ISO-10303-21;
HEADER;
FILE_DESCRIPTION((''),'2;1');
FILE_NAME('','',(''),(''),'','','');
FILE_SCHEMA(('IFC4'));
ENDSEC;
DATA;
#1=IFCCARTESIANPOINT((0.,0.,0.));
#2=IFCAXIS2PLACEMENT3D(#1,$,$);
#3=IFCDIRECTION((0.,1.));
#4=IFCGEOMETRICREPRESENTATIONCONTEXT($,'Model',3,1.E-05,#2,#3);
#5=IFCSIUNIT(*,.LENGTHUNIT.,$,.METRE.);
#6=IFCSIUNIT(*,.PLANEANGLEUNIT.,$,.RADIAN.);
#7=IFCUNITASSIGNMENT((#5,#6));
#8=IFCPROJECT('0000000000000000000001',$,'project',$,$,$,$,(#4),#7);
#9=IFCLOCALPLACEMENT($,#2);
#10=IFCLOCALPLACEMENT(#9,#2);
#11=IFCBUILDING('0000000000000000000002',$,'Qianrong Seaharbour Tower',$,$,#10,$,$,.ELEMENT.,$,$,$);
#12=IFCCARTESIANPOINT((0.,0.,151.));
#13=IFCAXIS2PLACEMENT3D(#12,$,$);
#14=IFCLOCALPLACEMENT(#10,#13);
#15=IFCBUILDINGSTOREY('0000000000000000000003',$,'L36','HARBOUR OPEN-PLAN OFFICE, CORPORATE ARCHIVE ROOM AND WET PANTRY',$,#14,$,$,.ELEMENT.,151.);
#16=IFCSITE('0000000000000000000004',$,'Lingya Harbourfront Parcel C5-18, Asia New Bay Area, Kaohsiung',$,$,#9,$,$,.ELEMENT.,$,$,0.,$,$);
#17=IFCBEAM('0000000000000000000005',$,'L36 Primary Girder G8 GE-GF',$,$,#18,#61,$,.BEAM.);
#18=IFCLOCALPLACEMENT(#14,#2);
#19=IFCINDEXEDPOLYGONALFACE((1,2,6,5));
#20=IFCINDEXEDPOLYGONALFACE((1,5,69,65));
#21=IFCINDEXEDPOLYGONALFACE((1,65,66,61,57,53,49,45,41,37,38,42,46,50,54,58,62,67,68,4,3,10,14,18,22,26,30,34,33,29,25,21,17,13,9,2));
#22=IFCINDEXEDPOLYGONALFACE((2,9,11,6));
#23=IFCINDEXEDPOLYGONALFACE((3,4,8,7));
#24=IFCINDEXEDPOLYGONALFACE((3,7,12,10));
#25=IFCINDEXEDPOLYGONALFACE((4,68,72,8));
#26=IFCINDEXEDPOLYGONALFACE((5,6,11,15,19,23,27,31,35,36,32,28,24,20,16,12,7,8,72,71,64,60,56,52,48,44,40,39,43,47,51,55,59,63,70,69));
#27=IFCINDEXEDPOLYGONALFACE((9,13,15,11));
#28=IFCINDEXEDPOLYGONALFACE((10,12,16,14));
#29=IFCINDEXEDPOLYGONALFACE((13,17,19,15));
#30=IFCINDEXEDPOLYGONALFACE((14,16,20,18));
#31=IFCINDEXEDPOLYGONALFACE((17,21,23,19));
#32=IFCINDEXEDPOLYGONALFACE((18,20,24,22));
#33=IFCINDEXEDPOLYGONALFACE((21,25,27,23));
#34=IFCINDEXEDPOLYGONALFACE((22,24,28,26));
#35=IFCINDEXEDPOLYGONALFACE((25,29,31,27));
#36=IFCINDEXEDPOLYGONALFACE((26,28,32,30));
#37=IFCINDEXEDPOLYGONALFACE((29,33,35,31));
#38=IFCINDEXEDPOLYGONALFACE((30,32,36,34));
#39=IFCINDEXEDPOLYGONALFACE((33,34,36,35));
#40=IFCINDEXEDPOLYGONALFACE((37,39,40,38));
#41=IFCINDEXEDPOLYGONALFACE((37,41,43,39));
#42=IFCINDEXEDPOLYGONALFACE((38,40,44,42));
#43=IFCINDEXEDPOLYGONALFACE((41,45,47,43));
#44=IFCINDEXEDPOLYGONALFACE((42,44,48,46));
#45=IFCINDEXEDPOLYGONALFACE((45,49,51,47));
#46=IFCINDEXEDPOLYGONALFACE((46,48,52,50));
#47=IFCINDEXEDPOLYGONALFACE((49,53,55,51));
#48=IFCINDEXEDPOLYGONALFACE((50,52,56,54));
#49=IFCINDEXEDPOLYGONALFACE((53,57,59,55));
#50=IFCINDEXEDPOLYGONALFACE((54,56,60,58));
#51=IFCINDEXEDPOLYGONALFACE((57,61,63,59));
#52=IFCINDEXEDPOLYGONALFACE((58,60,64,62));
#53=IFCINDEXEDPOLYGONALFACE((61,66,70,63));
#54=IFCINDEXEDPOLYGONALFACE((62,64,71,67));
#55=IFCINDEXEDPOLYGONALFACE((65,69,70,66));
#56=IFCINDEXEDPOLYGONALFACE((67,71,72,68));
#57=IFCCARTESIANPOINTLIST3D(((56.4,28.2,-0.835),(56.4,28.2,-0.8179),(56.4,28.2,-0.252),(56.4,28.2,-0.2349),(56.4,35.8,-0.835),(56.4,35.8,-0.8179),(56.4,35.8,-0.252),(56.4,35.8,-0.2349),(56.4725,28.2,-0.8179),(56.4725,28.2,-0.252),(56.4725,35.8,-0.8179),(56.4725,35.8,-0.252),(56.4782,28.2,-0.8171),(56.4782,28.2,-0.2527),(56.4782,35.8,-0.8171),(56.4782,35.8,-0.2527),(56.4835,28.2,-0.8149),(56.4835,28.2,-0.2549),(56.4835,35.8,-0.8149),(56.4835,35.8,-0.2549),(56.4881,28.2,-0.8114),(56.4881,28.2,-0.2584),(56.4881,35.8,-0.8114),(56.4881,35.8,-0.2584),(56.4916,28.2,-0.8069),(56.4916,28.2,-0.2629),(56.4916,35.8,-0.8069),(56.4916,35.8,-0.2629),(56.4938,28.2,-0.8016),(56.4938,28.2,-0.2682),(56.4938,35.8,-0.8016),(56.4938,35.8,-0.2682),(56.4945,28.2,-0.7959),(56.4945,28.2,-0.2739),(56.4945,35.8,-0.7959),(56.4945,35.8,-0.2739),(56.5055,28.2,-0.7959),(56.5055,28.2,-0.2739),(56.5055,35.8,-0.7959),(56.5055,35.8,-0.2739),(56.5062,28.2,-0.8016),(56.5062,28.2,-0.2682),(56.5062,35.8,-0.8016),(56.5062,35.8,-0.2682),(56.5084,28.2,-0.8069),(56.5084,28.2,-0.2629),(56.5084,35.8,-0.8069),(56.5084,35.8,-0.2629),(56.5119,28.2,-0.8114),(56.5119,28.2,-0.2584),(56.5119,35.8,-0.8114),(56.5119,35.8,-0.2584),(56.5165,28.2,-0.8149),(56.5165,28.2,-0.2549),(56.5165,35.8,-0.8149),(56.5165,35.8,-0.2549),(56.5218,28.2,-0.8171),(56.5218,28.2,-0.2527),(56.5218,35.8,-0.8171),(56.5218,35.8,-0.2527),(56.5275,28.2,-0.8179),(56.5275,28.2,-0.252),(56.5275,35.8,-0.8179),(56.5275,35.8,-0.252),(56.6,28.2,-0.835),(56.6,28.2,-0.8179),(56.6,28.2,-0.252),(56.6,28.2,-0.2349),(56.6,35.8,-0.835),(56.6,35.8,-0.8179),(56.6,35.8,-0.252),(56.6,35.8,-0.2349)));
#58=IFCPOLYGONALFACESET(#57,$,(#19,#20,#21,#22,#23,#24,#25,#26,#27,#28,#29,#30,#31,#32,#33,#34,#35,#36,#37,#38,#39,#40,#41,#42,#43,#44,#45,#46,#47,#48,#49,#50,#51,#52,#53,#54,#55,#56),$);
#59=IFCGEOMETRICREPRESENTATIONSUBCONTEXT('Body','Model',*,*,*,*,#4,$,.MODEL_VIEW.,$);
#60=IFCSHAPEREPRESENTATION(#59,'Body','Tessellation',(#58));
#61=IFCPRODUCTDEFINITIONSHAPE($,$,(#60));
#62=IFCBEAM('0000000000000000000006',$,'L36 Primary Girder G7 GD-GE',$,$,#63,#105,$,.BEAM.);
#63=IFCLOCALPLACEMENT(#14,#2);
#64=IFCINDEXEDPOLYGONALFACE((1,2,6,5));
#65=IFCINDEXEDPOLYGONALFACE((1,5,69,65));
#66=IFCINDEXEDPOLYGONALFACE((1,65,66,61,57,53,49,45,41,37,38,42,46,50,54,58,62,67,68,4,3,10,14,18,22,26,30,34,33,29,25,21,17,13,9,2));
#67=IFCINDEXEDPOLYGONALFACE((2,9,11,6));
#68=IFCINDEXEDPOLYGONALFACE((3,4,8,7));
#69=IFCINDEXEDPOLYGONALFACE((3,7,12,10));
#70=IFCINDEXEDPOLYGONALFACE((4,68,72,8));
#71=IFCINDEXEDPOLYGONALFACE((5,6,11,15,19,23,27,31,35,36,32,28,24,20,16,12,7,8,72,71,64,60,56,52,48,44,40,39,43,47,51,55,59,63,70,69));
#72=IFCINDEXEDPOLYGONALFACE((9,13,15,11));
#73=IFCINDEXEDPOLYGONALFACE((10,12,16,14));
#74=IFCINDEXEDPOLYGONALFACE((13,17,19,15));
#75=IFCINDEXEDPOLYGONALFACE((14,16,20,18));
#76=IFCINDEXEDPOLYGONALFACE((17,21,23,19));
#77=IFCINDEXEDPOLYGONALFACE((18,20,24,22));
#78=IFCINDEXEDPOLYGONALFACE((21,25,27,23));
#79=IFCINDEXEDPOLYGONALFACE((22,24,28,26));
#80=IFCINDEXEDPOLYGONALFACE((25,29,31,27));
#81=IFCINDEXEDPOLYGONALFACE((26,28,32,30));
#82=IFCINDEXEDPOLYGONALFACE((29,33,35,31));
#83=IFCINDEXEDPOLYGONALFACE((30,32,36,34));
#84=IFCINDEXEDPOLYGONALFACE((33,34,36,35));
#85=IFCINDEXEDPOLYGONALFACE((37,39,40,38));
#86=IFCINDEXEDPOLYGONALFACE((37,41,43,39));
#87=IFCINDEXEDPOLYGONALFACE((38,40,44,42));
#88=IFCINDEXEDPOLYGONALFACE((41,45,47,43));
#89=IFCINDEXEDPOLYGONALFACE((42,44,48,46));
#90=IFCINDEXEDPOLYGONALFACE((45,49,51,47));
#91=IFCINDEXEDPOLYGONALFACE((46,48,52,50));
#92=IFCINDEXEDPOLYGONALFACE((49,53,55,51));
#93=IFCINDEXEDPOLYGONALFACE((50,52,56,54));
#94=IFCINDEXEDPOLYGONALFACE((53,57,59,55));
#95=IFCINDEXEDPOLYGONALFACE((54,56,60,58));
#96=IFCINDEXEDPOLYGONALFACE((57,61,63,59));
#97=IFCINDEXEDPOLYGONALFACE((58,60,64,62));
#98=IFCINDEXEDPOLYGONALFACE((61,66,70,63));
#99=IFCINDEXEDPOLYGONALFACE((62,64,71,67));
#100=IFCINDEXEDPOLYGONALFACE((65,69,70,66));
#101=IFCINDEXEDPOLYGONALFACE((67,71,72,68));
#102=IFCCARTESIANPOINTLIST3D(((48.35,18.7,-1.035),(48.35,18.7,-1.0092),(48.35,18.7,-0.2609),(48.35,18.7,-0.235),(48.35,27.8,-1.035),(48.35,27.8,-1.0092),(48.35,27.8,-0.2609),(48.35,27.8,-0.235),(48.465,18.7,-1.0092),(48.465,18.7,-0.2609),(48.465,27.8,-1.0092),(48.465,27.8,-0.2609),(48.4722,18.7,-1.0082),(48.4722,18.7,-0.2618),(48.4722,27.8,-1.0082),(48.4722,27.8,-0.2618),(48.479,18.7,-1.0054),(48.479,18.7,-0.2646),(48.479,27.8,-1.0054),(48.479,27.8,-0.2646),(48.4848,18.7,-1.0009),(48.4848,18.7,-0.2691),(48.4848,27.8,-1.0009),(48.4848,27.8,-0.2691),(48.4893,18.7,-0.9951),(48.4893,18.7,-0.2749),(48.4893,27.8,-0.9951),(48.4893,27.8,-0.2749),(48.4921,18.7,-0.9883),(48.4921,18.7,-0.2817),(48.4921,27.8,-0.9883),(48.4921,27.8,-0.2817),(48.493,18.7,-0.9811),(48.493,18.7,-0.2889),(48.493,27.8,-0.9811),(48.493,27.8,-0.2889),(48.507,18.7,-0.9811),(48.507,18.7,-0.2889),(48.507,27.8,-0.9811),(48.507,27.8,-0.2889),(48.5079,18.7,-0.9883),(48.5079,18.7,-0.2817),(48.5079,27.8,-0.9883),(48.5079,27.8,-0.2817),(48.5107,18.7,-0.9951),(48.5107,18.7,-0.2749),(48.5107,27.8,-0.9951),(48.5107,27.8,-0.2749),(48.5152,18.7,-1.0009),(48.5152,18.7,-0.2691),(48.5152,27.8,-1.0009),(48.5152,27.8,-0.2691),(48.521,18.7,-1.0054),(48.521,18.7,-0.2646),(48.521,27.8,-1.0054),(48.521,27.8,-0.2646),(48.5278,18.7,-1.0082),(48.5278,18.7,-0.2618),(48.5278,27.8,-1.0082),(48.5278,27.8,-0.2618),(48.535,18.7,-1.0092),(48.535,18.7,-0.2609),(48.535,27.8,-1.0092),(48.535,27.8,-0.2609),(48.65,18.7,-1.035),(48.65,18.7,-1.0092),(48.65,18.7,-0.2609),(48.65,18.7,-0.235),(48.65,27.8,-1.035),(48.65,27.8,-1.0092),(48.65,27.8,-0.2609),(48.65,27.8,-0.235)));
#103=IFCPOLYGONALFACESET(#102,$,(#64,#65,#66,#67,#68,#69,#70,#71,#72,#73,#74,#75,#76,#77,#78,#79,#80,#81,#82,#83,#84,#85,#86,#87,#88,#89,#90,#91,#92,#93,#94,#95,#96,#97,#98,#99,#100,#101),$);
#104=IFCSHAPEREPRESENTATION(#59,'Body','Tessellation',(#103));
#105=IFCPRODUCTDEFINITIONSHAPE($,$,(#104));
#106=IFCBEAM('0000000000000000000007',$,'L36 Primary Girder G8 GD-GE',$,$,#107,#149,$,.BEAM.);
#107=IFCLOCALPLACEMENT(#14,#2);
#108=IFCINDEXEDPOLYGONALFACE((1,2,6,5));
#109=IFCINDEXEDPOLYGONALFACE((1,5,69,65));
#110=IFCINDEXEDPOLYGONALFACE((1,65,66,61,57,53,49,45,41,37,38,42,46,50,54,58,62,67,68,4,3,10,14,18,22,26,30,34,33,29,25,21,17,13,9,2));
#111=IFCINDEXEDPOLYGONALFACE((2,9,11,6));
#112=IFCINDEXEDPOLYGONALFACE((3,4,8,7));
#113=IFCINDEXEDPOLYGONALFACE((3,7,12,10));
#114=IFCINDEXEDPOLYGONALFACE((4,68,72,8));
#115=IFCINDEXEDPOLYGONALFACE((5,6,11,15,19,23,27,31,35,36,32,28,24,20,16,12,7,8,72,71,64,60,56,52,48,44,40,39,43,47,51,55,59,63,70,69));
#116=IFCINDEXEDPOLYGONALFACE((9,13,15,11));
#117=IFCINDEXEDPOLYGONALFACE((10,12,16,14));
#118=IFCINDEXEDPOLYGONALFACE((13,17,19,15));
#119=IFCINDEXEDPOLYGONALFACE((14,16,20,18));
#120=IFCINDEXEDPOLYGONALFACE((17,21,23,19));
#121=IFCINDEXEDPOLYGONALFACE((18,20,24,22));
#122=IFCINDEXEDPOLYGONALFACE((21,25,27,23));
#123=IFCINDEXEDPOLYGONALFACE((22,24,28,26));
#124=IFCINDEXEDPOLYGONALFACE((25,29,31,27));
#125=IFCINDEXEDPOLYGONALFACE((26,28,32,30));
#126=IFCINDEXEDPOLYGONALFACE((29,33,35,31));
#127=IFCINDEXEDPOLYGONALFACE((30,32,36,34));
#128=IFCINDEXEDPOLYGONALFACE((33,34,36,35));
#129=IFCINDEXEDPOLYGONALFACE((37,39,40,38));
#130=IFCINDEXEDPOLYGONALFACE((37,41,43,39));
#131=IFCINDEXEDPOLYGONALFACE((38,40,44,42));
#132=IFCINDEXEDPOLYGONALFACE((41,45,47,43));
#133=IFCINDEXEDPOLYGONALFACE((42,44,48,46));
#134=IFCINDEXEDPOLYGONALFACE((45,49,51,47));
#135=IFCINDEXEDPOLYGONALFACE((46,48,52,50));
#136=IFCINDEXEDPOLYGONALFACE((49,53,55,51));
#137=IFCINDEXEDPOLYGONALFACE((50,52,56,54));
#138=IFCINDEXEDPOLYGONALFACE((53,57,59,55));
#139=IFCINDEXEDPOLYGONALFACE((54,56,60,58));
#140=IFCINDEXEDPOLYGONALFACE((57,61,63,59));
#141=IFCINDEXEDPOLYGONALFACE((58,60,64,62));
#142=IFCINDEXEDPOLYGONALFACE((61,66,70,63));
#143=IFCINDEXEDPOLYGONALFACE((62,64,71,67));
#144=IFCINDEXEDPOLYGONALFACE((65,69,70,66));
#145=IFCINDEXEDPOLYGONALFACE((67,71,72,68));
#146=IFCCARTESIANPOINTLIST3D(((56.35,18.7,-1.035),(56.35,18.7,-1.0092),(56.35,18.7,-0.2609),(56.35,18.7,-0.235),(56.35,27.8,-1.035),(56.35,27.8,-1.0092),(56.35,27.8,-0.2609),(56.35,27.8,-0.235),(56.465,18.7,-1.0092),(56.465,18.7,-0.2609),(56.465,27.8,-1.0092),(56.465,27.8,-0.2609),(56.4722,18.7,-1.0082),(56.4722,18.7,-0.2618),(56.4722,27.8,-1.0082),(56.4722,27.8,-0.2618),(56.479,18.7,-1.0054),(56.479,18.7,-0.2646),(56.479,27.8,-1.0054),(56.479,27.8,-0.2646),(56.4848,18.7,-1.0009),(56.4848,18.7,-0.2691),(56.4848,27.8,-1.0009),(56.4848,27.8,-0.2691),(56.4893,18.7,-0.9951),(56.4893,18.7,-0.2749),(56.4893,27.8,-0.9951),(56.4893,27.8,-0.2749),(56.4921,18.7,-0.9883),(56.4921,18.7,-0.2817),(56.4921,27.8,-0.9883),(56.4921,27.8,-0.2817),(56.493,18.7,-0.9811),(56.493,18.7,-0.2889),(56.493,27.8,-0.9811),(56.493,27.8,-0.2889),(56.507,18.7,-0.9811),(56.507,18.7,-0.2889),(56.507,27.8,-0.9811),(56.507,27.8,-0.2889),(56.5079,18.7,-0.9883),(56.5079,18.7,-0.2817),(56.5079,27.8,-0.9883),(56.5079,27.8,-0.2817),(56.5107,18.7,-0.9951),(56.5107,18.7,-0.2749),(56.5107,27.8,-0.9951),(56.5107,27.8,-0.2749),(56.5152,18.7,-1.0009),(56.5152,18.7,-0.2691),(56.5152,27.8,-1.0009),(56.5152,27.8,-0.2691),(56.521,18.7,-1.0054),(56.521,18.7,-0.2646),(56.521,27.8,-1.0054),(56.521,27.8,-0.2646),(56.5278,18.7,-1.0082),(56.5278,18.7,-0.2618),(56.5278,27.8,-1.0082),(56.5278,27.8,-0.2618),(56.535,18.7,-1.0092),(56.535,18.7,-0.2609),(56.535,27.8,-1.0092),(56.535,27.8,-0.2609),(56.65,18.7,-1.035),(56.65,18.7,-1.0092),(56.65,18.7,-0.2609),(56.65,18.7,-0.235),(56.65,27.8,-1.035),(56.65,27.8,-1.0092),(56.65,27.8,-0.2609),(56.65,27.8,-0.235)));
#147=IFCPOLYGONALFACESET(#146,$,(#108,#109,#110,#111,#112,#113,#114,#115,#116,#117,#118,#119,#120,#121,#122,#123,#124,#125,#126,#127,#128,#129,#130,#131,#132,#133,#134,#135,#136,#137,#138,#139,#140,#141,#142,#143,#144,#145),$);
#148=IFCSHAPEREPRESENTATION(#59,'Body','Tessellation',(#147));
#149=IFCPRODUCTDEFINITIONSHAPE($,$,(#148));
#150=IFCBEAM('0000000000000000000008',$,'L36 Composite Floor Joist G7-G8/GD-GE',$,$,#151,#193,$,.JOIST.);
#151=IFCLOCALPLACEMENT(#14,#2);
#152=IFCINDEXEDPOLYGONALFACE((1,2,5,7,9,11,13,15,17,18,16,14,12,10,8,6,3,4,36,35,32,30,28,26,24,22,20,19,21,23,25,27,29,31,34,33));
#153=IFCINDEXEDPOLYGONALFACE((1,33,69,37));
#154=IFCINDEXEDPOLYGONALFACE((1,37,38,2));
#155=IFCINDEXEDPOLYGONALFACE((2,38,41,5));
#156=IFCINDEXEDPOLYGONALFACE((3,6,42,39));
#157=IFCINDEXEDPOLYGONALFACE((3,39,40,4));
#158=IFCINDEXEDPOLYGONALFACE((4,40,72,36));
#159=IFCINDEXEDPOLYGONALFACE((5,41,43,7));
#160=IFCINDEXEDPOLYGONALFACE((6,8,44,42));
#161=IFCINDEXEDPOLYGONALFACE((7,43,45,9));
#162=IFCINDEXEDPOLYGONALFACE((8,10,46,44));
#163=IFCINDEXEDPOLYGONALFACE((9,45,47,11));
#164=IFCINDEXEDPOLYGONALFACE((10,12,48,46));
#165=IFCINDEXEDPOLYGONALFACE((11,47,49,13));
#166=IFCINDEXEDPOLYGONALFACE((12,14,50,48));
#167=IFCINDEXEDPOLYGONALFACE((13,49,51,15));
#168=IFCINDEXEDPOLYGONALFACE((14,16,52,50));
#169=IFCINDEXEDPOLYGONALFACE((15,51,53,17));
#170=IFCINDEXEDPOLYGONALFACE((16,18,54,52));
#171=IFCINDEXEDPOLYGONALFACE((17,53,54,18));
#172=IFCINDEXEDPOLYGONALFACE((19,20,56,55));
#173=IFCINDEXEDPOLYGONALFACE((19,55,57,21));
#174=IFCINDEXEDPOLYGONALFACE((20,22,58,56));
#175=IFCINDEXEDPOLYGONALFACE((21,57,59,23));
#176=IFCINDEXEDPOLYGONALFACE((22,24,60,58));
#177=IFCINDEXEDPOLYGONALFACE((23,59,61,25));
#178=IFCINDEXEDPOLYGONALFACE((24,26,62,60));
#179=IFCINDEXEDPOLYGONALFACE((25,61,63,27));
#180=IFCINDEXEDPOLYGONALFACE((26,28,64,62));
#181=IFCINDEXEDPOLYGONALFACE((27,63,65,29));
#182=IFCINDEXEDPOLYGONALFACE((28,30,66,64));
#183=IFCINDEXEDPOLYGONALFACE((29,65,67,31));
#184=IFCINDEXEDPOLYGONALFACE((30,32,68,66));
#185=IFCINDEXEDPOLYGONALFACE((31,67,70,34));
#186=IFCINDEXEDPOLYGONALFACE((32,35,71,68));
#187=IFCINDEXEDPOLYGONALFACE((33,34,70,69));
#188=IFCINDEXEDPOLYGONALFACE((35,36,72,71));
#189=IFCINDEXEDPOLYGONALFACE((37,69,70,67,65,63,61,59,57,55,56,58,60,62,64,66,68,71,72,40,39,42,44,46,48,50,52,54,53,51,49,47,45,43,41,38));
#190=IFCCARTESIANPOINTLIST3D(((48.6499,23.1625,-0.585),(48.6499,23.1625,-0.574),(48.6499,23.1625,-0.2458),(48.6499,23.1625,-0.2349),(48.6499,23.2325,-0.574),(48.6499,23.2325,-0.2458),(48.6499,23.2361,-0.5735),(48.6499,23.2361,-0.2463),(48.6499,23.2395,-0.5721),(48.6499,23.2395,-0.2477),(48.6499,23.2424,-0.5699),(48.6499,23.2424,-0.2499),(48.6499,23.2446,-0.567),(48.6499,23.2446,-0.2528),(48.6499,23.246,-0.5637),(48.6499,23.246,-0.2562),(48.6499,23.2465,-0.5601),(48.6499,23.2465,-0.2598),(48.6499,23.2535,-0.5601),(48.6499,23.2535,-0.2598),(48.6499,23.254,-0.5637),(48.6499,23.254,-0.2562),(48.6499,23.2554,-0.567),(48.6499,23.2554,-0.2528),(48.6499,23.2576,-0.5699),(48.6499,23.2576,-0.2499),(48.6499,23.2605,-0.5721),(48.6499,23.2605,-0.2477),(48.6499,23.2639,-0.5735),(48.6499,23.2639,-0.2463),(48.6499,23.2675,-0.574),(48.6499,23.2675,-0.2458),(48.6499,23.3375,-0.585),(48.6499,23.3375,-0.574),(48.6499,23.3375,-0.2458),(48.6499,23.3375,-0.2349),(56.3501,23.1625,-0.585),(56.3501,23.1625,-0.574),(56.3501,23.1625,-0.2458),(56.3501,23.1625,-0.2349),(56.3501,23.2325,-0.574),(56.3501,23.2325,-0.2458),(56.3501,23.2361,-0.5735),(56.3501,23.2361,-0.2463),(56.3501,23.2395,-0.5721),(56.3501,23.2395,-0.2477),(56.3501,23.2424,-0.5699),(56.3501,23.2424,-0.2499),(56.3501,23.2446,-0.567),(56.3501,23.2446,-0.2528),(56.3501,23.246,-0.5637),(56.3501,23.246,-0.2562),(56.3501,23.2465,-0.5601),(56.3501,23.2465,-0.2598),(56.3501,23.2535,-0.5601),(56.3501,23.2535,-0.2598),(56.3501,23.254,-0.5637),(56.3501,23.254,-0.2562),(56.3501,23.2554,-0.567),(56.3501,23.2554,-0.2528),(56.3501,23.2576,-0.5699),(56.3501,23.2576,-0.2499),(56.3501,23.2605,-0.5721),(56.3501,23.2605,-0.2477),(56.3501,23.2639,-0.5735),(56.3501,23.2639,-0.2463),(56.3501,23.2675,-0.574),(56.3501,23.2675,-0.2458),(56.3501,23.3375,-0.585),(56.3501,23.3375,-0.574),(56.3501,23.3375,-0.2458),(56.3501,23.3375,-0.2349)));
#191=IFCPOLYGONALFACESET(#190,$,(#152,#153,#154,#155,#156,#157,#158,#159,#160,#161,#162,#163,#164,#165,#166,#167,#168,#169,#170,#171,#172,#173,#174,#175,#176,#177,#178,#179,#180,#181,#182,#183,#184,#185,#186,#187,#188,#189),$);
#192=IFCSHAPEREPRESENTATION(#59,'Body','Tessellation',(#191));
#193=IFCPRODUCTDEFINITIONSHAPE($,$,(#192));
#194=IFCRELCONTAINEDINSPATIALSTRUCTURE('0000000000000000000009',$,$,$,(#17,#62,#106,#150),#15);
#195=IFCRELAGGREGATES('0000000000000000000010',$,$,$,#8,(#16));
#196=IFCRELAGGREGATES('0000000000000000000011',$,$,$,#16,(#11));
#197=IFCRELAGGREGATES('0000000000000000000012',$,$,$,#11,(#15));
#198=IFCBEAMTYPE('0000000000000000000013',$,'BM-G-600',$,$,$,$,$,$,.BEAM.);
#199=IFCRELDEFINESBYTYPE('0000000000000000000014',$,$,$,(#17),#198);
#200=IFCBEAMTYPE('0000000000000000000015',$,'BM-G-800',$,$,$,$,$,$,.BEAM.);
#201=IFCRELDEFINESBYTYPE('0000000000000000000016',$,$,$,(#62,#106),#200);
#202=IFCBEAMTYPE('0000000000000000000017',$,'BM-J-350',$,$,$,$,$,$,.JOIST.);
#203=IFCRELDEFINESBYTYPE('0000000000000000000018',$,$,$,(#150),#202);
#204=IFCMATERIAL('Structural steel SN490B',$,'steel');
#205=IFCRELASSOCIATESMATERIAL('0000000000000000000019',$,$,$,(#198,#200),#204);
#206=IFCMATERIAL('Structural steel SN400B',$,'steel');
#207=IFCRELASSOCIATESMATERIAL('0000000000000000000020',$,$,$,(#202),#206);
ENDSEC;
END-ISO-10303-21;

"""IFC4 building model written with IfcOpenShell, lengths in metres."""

from ifc_helpers import new_model, si_unit, direction, frame, origin, origin_2d, place, context, subcontext, project, spatial, i_section, extrude, material, material_profile, profile_set, type_object, element, save


model = new_model("IFC4")

# Units and contexts
model_context = context("Model", 3, precision=1e-05, world=origin(), true_north=direction((0.0, 1.0)))
body_context = subcontext(model_context, "Body", "Model", "MODEL_VIEW")
ifc_project = project(units=[si_unit("LENGTHUNIT", "METRE"), si_unit("PLANEANGLEUNIT", "RADIAN")], contexts=[model_context])

# Site, building, storey
site_placement = place(None, origin())
site = spatial("IfcSite", under=ifc_project, at=site_placement, Name="Lingya Harbourfront Parcel C5-18, Asia New Bay Area, Kaohsiung", CompositionType="ELEMENT", RefElevation=0.0)
building_placement = place(site_placement, origin())
building = spatial("IfcBuilding", under=site, at=building_placement, Name="Qianrong Seaharbour Tower", CompositionType="ELEMENT")
storey_placement = place(building_placement, frame((0.0, 0.0, 151.0)))
storey = spatial("IfcBuildingStorey", under=building, at=storey_placement, Name="L36", Description="HARBOUR OPEN-PLAN OFFICE, CORPORATE ARCHIVE ROOM AND WET PANTRY", CompositionType="ELEMENT", Elevation=151.0)

# Shared definitions
ifc_material_1 = material(Name="Structural steel SN490B", Category="steel")

# Beams
ifc_material_profile_1 = material_profile(ifc_material_1, i_section(OverallWidth=0.2, OverallDepth=0.6001, WebThickness=0.011, FlangeThickness=0.0171, FilletRadius=0.022, at=origin_2d()), Name="H600x200x11x17")
ifc_profile_set_1 = profile_set([ifc_material_profile_1], Name="Structural steel SN490B")
beam_type_1 = type_object("IfcBeamType", Name="BM-G-600", PredefinedType="BEAM", material=ifc_profile_set_1)
for number, where, z_axis, x_axis, name in (
    (1, (56.5, 28.2, -0.5349), (0.0, 1.0, 0.0), (-1.0, 0.0, 0.0), "L36 Primary Girder G8 GE-GF"),
):
    element("IfcBeam", number, at=place(storey_placement, frame(where, z_axis=z_axis, x_axis=x_axis)), inside=storey, type_object=beam_type_1, Name=name, PredefinedType="BEAM", context=body_context, shape_type="SweptSolid", body=[
        extrude(i_section(OverallWidth=0.2, OverallDepth=0.6001, WebThickness=0.011, FlangeThickness=0.0171, FilletRadius=0.022, at=origin_2d()), origin(), (0.0, 0.0, 1.0), 7.6001),
    ])
ifc_material_profile_2 = material_profile(ifc_material_1, i_section(OverallWidth=0.3, OverallDepth=0.8, WebThickness=0.0139, FlangeThickness=0.0259, FilletRadius=0.0281, at=origin_2d()), Name="H800x300x14x26")
ifc_profile_set_2 = profile_set([ifc_material_profile_2], Name="Structural steel SN490B")
beam_type_2 = type_object("IfcBeamType", Name="BM-G-800", PredefinedType="BEAM", material=ifc_profile_set_2)
for number, where, z_axis, x_axis, name in (
    (2, (48.5, 18.7, -0.635), (0.0, 1.0, 0.0), (-1.0, 0.0, 0.0), "L36 Primary Girder G7 GD-GE"),
    (3, (56.5, 18.7, -0.635), (0.0, 1.0, 0.0), (-1.0, 0.0, 0.0), "L36 Primary Girder G8 GD-GE"),
):
    element("IfcBeam", number, at=place(storey_placement, frame(where, z_axis=z_axis, x_axis=x_axis)), inside=storey, type_object=beam_type_2, Name=name, PredefinedType="BEAM", context=body_context, shape_type="SweptSolid", body=[
        extrude(i_section(OverallWidth=0.3, OverallDepth=0.8, WebThickness=0.0139, FlangeThickness=0.0259, FilletRadius=0.0281, at=origin_2d()), origin(), (0.0, 0.0, 1.0), 9.1001),
    ])
ifc_material_2 = material(Name="Structural steel SN400B", Category="steel")
ifc_material_profile_3 = material_profile(ifc_material_2, i_section(OverallWidth=0.175, OverallDepth=0.3501, WebThickness=0.0071, FlangeThickness=0.011, FilletRadius=0.0139, at=origin_2d()), Name="H350x175x7x11")
ifc_profile_set_3 = profile_set([ifc_material_profile_3], Name="Structural steel SN400B")
beam_type_3 = type_object("IfcBeamType", Name="BM-J-350", PredefinedType="JOIST", material=ifc_profile_set_3)
beam_1_placement = place(storey_placement, frame((48.6499, 23.25, -0.4099), z_axis=(1.0, 0.0, 0.0), x_axis=(0.0, 1.0, 0.0)))
element("IfcBeam", 4, at=beam_1_placement, inside=storey, type_object=beam_type_3, Name="L36 Composite Floor Joist G7-G8/GD-GE", PredefinedType="JOIST", context=body_context, shape_type="SweptSolid", body=[
    extrude(i_section(OverallWidth=0.175, OverallDepth=0.3501, WebThickness=0.0071, FlangeThickness=0.011, FilletRadius=0.0139, at=origin_2d()), origin(), (0.0, 0.0, 1.0), 7.7002),
])

save(model, "model.ifc")
